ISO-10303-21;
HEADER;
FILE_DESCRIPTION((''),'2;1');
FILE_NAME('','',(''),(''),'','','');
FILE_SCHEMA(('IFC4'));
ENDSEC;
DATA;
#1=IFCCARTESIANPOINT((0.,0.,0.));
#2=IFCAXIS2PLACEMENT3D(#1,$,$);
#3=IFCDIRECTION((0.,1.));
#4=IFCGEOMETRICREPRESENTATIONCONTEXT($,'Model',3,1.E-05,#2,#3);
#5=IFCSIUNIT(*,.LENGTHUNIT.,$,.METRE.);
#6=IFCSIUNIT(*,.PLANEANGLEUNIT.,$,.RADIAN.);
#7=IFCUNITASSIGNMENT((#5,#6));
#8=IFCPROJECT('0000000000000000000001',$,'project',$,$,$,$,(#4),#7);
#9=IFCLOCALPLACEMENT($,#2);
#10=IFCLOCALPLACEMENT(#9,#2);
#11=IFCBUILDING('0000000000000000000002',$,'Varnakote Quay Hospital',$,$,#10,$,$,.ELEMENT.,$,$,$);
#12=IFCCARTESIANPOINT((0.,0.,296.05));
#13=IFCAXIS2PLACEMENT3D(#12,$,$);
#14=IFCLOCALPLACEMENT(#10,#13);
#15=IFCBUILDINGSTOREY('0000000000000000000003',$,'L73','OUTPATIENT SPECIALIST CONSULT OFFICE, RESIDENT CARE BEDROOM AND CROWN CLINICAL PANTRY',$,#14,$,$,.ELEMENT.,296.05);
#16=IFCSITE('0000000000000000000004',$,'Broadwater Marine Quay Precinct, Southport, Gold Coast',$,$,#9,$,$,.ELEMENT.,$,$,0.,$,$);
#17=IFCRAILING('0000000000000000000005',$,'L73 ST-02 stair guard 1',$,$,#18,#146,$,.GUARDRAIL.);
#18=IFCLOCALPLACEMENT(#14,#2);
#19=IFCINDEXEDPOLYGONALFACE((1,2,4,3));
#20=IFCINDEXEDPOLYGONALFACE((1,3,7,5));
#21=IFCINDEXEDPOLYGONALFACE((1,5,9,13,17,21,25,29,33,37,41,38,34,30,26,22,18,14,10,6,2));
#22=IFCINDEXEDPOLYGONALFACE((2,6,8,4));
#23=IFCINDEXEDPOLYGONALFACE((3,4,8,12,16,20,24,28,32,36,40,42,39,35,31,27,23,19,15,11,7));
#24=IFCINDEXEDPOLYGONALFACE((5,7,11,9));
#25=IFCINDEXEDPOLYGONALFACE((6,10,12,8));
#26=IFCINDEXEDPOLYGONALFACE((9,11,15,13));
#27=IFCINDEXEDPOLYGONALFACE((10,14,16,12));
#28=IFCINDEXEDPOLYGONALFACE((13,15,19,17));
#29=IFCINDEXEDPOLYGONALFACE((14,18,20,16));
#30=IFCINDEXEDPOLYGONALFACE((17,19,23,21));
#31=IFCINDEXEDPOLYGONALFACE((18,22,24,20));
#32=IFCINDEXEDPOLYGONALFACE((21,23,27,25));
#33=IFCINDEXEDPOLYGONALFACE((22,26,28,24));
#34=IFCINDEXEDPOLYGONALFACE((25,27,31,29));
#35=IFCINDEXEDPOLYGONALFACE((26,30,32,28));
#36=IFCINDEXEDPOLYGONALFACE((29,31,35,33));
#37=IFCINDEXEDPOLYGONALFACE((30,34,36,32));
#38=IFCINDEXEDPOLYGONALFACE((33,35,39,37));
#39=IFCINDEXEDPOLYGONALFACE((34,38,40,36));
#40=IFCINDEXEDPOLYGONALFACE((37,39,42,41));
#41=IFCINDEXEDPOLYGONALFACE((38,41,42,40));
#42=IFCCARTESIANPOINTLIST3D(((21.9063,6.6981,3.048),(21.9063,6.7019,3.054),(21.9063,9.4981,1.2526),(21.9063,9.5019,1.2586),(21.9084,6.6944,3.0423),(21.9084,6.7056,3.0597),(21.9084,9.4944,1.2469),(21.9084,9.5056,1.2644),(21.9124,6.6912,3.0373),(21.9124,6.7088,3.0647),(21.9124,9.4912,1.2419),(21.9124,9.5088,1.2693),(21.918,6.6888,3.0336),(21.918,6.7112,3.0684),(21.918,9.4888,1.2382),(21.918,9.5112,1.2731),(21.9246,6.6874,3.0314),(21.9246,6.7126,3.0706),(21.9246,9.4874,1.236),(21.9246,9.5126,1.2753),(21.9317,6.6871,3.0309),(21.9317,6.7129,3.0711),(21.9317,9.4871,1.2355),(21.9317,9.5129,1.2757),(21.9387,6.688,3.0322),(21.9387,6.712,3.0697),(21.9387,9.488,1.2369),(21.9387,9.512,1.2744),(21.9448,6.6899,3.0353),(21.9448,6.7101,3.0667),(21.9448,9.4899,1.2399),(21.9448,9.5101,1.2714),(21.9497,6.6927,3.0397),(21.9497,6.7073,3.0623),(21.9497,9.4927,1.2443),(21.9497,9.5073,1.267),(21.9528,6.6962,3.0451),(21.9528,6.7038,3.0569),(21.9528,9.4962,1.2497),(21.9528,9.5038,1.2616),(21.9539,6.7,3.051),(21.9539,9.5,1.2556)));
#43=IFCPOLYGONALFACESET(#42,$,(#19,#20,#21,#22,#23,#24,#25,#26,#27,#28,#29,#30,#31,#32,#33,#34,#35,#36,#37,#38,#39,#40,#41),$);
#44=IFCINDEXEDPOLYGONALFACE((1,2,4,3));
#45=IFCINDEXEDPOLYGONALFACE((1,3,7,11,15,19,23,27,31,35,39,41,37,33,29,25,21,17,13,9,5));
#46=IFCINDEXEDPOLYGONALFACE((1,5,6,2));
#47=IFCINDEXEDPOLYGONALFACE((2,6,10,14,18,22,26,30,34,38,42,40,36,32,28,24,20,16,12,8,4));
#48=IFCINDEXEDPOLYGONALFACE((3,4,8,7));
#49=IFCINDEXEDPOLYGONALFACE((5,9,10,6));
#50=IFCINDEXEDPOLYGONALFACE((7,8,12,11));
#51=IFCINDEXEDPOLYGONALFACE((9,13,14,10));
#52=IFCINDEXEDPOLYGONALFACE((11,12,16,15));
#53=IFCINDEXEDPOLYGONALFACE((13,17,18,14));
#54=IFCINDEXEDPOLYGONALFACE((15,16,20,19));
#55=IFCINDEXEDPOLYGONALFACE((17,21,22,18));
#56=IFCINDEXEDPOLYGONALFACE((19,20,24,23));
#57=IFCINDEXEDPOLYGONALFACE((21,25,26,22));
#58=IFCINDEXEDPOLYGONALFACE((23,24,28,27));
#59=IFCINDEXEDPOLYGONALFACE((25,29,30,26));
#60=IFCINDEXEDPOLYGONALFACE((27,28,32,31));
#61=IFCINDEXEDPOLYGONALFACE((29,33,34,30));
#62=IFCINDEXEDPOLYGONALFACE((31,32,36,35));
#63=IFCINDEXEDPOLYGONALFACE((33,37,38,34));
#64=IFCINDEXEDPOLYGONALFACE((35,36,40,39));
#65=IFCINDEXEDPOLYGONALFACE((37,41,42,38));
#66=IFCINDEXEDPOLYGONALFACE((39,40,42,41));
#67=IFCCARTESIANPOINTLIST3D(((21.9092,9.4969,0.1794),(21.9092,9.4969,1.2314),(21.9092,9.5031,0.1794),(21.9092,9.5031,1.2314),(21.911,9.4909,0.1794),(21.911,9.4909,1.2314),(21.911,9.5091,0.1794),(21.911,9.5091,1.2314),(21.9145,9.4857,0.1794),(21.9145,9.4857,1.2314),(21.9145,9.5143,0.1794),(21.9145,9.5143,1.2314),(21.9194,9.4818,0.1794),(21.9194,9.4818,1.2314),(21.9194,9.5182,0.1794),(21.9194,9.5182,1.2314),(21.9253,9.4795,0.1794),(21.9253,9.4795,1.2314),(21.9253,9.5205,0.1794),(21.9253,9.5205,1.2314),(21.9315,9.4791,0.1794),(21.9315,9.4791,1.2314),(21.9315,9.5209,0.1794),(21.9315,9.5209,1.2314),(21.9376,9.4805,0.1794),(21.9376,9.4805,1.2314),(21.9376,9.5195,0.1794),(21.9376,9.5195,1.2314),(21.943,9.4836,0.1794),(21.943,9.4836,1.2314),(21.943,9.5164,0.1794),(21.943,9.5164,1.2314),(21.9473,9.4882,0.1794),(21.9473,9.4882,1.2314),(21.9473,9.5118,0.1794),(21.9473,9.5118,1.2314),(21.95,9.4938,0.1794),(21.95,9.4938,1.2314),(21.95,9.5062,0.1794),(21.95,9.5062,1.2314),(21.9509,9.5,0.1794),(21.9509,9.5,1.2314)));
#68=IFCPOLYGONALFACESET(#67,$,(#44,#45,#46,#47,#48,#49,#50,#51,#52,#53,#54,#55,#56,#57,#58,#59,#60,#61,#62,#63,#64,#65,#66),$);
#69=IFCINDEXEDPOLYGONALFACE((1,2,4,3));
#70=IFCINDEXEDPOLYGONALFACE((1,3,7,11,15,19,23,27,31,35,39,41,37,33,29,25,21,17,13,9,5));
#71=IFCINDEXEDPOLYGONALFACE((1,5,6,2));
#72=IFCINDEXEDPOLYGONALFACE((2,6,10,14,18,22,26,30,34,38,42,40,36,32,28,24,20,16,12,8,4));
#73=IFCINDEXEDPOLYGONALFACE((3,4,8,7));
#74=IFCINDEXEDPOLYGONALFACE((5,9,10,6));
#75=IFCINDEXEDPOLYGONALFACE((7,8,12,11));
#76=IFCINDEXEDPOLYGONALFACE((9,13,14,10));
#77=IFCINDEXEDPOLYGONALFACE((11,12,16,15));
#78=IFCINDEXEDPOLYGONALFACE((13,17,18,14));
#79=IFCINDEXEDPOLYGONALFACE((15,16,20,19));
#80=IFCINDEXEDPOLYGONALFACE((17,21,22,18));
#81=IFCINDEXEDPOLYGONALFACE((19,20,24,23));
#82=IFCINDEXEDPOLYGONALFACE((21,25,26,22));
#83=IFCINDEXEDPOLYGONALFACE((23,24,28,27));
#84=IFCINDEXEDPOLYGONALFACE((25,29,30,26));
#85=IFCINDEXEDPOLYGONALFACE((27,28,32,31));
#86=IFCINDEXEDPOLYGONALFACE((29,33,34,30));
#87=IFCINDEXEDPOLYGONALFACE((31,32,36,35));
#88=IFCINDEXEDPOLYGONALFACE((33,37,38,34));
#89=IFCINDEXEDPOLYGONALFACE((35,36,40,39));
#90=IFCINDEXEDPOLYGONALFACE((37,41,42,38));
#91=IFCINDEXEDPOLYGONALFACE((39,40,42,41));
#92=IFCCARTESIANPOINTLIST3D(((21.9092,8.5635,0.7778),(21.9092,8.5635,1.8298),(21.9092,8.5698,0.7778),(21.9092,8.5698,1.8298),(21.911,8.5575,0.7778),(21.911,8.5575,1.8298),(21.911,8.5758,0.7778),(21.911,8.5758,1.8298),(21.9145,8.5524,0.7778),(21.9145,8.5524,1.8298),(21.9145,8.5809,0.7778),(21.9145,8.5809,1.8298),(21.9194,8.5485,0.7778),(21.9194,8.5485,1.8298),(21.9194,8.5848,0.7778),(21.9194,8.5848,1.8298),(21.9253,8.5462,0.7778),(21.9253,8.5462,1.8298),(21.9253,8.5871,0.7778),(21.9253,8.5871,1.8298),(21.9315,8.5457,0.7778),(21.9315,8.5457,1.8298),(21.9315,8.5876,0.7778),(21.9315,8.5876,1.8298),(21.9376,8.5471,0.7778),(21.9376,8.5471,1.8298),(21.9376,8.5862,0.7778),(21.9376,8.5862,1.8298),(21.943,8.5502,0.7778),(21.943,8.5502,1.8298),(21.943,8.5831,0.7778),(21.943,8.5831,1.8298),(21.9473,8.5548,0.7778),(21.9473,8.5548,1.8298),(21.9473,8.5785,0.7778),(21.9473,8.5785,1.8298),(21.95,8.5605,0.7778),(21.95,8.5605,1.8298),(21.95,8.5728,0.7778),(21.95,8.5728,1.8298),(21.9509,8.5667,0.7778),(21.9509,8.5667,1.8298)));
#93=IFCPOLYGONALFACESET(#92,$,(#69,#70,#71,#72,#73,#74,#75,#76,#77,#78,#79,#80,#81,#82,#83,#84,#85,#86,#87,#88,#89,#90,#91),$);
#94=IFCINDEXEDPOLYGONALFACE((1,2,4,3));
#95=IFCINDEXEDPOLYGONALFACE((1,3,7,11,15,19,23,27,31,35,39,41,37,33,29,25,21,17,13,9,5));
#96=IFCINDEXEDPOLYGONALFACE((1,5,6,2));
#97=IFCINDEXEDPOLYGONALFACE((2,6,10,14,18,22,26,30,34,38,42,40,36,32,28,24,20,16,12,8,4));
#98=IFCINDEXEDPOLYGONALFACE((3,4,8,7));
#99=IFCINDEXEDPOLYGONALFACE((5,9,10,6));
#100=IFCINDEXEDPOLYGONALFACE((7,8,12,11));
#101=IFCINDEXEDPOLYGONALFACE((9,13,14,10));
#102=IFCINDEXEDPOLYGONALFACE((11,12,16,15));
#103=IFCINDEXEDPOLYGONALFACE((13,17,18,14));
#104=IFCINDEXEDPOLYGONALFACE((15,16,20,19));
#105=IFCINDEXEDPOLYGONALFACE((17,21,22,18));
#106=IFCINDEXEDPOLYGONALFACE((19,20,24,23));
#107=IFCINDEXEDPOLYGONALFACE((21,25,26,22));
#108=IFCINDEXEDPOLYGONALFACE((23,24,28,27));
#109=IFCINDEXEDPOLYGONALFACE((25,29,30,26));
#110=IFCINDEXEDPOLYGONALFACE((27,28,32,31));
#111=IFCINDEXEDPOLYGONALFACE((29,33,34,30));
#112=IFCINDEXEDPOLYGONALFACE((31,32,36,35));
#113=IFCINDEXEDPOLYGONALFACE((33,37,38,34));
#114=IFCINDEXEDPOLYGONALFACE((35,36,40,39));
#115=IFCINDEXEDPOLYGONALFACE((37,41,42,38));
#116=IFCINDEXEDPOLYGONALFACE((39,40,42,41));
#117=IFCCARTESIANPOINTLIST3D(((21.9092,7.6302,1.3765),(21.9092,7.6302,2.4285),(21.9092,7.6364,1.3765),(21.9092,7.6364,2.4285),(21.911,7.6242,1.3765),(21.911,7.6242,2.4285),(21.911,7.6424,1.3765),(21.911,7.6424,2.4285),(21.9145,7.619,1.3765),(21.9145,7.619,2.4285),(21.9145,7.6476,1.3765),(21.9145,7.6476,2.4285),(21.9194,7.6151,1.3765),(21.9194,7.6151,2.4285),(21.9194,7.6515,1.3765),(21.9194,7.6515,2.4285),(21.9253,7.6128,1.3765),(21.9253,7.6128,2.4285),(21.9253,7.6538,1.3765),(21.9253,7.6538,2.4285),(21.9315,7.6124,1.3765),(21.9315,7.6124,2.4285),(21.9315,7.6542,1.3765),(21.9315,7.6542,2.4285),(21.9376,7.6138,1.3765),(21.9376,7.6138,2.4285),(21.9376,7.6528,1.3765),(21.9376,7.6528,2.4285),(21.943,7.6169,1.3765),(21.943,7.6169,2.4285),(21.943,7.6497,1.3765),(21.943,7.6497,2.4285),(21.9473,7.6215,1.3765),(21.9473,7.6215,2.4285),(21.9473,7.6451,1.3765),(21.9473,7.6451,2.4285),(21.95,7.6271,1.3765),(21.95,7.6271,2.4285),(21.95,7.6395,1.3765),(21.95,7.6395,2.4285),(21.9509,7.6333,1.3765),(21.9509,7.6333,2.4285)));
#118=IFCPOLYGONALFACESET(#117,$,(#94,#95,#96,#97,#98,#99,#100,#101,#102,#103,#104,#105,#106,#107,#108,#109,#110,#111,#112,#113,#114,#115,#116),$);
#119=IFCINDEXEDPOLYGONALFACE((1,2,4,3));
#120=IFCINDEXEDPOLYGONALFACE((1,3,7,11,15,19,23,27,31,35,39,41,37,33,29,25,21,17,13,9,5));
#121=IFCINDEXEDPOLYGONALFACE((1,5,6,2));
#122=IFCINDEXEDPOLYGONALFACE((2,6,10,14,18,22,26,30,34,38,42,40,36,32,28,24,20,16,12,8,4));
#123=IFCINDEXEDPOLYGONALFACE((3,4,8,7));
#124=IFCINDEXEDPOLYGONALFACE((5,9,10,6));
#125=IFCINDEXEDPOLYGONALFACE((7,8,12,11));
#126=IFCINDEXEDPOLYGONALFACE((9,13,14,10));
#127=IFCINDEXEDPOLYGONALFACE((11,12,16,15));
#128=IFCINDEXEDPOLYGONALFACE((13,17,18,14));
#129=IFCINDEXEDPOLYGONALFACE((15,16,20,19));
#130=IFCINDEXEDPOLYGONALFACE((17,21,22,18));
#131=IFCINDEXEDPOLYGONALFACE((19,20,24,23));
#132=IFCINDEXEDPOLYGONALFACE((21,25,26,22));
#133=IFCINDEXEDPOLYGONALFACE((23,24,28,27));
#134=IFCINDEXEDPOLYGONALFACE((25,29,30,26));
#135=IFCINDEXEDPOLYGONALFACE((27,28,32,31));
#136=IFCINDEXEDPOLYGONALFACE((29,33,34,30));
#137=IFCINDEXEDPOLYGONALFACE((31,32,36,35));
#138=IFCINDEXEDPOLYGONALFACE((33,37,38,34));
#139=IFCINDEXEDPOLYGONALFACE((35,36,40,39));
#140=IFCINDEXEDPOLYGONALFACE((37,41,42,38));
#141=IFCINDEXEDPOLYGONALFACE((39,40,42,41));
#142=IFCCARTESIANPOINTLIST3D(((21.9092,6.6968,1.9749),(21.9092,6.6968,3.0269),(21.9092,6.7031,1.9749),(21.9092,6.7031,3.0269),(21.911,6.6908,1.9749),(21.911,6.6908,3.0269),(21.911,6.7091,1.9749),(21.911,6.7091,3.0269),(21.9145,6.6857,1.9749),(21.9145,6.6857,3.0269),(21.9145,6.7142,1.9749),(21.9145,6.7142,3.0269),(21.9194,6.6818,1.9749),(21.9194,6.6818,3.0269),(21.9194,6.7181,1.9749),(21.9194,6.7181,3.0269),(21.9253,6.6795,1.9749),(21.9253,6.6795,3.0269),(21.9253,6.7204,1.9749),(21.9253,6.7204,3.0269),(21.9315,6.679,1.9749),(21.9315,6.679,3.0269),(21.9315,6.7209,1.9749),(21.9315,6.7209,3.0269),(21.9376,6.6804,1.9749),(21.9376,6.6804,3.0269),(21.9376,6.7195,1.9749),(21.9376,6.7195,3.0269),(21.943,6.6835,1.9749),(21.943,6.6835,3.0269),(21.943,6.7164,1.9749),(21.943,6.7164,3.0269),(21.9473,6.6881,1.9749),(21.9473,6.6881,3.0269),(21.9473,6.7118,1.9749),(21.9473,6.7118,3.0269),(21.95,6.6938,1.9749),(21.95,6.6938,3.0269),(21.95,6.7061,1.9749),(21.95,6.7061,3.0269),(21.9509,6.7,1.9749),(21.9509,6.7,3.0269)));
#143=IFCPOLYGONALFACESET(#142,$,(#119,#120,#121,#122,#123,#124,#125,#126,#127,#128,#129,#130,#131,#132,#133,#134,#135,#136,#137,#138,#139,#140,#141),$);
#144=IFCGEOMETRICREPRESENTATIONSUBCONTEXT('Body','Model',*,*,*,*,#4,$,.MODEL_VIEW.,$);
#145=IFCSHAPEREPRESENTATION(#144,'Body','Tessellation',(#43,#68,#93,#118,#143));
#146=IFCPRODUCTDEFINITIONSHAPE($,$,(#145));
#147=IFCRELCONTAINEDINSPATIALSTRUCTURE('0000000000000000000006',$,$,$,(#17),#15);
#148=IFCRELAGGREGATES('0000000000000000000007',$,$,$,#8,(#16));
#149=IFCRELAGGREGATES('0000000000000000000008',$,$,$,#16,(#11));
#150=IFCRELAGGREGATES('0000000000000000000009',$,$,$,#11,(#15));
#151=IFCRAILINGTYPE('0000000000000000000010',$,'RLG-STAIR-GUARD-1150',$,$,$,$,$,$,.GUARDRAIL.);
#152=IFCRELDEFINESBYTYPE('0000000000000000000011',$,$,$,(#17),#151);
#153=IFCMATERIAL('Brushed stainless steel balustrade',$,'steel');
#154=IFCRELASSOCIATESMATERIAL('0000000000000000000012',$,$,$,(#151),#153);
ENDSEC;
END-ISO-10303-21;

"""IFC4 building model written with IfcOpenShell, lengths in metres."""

from ifc_helpers import new_model, si_unit, direction, frame, origin, origin_2d, place, context, subcontext, project, spatial, circle, extrude, material, type_object, element, save


model = new_model("IFC4")

# Units and contexts
model_context = context("Model", 3, precision=1e-05, world=origin(), true_north=direction((0.0, 1.0)))
body_context = subcontext(model_context, "Body", "Model", "MODEL_VIEW")
ifc_project = project(units=[si_unit("LENGTHUNIT", "METRE"), si_unit("PLANEANGLEUNIT", "RADIAN")], contexts=[model_context])

# Site, building, storey
site_placement = place(None, origin())
site = spatial("IfcSite", under=ifc_project, at=site_placement, Name="Broadwater Marine Quay Precinct, Southport, Gold Coast", CompositionType="ELEMENT", RefElevation=0.0)
building_placement = place(site_placement, origin())
building = spatial("IfcBuilding", under=site, at=building_placement, Name="Varnakote Quay Hospital", CompositionType="ELEMENT")
storey_placement = place(building_placement, frame((0.0, 0.0, 296.05)))
storey = spatial("IfcBuildingStorey", under=building, at=storey_placement, Name="L73", Description="OUTPATIENT SPECIALIST CONSULT OFFICE, RESIDENT CARE BEDROOM AND CROWN CLINICAL PANTRY", CompositionType="ELEMENT", Elevation=296.05)

# Railing
ifc_material_1 = material(Name="Brushed stainless steel balustrade", Category="steel")
railing_type_1 = type_object("IfcRailingType", Name="RLG-STAIR-GUARD-1150", PredefinedType="GUARDRAIL", material=ifc_material_1)
railing_1_placement = place(storey_placement, frame((21.9299, 9.5, 0.1794)))
element("IfcRailing", 1, at=railing_1_placement, inside=storey, type_object=railing_type_1, Name="L73 ST-02 stair guard 1", PredefinedType="GUARDRAIL", context=body_context, shape_type="SweptSolid", body=[
    extrude(circle(Radius=0.0239, at=origin_2d()), frame((0.0, 0.0, 1.0762), z_axis=(0.0, -0.84181, 0.539774), x_axis=(1.0, 0.0, 0.0)), (0.0, 0.0, 1.0), 3.3262),
    extrude(circle(Radius=0.021, at=origin_2d()), origin(), (0.0, 0.0, 1.0), 1.052),
    extrude(circle(Radius=0.021, at=origin_2d()), frame((0.0, -0.9333, 0.5984)), (0.0, 0.0, 1.0), 1.052),
    extrude(circle(Radius=0.021, at=origin_2d()), frame((0.0, -1.8667, 1.197)), (0.0, 0.0, 1.0), 1.052),
    extrude(circle(Radius=0.021, at=origin_2d()), frame((0.0, -2.8, 1.7954)), (0.0, 0.0, 1.0), 1.052),
])

save(model, "model.ifc")
